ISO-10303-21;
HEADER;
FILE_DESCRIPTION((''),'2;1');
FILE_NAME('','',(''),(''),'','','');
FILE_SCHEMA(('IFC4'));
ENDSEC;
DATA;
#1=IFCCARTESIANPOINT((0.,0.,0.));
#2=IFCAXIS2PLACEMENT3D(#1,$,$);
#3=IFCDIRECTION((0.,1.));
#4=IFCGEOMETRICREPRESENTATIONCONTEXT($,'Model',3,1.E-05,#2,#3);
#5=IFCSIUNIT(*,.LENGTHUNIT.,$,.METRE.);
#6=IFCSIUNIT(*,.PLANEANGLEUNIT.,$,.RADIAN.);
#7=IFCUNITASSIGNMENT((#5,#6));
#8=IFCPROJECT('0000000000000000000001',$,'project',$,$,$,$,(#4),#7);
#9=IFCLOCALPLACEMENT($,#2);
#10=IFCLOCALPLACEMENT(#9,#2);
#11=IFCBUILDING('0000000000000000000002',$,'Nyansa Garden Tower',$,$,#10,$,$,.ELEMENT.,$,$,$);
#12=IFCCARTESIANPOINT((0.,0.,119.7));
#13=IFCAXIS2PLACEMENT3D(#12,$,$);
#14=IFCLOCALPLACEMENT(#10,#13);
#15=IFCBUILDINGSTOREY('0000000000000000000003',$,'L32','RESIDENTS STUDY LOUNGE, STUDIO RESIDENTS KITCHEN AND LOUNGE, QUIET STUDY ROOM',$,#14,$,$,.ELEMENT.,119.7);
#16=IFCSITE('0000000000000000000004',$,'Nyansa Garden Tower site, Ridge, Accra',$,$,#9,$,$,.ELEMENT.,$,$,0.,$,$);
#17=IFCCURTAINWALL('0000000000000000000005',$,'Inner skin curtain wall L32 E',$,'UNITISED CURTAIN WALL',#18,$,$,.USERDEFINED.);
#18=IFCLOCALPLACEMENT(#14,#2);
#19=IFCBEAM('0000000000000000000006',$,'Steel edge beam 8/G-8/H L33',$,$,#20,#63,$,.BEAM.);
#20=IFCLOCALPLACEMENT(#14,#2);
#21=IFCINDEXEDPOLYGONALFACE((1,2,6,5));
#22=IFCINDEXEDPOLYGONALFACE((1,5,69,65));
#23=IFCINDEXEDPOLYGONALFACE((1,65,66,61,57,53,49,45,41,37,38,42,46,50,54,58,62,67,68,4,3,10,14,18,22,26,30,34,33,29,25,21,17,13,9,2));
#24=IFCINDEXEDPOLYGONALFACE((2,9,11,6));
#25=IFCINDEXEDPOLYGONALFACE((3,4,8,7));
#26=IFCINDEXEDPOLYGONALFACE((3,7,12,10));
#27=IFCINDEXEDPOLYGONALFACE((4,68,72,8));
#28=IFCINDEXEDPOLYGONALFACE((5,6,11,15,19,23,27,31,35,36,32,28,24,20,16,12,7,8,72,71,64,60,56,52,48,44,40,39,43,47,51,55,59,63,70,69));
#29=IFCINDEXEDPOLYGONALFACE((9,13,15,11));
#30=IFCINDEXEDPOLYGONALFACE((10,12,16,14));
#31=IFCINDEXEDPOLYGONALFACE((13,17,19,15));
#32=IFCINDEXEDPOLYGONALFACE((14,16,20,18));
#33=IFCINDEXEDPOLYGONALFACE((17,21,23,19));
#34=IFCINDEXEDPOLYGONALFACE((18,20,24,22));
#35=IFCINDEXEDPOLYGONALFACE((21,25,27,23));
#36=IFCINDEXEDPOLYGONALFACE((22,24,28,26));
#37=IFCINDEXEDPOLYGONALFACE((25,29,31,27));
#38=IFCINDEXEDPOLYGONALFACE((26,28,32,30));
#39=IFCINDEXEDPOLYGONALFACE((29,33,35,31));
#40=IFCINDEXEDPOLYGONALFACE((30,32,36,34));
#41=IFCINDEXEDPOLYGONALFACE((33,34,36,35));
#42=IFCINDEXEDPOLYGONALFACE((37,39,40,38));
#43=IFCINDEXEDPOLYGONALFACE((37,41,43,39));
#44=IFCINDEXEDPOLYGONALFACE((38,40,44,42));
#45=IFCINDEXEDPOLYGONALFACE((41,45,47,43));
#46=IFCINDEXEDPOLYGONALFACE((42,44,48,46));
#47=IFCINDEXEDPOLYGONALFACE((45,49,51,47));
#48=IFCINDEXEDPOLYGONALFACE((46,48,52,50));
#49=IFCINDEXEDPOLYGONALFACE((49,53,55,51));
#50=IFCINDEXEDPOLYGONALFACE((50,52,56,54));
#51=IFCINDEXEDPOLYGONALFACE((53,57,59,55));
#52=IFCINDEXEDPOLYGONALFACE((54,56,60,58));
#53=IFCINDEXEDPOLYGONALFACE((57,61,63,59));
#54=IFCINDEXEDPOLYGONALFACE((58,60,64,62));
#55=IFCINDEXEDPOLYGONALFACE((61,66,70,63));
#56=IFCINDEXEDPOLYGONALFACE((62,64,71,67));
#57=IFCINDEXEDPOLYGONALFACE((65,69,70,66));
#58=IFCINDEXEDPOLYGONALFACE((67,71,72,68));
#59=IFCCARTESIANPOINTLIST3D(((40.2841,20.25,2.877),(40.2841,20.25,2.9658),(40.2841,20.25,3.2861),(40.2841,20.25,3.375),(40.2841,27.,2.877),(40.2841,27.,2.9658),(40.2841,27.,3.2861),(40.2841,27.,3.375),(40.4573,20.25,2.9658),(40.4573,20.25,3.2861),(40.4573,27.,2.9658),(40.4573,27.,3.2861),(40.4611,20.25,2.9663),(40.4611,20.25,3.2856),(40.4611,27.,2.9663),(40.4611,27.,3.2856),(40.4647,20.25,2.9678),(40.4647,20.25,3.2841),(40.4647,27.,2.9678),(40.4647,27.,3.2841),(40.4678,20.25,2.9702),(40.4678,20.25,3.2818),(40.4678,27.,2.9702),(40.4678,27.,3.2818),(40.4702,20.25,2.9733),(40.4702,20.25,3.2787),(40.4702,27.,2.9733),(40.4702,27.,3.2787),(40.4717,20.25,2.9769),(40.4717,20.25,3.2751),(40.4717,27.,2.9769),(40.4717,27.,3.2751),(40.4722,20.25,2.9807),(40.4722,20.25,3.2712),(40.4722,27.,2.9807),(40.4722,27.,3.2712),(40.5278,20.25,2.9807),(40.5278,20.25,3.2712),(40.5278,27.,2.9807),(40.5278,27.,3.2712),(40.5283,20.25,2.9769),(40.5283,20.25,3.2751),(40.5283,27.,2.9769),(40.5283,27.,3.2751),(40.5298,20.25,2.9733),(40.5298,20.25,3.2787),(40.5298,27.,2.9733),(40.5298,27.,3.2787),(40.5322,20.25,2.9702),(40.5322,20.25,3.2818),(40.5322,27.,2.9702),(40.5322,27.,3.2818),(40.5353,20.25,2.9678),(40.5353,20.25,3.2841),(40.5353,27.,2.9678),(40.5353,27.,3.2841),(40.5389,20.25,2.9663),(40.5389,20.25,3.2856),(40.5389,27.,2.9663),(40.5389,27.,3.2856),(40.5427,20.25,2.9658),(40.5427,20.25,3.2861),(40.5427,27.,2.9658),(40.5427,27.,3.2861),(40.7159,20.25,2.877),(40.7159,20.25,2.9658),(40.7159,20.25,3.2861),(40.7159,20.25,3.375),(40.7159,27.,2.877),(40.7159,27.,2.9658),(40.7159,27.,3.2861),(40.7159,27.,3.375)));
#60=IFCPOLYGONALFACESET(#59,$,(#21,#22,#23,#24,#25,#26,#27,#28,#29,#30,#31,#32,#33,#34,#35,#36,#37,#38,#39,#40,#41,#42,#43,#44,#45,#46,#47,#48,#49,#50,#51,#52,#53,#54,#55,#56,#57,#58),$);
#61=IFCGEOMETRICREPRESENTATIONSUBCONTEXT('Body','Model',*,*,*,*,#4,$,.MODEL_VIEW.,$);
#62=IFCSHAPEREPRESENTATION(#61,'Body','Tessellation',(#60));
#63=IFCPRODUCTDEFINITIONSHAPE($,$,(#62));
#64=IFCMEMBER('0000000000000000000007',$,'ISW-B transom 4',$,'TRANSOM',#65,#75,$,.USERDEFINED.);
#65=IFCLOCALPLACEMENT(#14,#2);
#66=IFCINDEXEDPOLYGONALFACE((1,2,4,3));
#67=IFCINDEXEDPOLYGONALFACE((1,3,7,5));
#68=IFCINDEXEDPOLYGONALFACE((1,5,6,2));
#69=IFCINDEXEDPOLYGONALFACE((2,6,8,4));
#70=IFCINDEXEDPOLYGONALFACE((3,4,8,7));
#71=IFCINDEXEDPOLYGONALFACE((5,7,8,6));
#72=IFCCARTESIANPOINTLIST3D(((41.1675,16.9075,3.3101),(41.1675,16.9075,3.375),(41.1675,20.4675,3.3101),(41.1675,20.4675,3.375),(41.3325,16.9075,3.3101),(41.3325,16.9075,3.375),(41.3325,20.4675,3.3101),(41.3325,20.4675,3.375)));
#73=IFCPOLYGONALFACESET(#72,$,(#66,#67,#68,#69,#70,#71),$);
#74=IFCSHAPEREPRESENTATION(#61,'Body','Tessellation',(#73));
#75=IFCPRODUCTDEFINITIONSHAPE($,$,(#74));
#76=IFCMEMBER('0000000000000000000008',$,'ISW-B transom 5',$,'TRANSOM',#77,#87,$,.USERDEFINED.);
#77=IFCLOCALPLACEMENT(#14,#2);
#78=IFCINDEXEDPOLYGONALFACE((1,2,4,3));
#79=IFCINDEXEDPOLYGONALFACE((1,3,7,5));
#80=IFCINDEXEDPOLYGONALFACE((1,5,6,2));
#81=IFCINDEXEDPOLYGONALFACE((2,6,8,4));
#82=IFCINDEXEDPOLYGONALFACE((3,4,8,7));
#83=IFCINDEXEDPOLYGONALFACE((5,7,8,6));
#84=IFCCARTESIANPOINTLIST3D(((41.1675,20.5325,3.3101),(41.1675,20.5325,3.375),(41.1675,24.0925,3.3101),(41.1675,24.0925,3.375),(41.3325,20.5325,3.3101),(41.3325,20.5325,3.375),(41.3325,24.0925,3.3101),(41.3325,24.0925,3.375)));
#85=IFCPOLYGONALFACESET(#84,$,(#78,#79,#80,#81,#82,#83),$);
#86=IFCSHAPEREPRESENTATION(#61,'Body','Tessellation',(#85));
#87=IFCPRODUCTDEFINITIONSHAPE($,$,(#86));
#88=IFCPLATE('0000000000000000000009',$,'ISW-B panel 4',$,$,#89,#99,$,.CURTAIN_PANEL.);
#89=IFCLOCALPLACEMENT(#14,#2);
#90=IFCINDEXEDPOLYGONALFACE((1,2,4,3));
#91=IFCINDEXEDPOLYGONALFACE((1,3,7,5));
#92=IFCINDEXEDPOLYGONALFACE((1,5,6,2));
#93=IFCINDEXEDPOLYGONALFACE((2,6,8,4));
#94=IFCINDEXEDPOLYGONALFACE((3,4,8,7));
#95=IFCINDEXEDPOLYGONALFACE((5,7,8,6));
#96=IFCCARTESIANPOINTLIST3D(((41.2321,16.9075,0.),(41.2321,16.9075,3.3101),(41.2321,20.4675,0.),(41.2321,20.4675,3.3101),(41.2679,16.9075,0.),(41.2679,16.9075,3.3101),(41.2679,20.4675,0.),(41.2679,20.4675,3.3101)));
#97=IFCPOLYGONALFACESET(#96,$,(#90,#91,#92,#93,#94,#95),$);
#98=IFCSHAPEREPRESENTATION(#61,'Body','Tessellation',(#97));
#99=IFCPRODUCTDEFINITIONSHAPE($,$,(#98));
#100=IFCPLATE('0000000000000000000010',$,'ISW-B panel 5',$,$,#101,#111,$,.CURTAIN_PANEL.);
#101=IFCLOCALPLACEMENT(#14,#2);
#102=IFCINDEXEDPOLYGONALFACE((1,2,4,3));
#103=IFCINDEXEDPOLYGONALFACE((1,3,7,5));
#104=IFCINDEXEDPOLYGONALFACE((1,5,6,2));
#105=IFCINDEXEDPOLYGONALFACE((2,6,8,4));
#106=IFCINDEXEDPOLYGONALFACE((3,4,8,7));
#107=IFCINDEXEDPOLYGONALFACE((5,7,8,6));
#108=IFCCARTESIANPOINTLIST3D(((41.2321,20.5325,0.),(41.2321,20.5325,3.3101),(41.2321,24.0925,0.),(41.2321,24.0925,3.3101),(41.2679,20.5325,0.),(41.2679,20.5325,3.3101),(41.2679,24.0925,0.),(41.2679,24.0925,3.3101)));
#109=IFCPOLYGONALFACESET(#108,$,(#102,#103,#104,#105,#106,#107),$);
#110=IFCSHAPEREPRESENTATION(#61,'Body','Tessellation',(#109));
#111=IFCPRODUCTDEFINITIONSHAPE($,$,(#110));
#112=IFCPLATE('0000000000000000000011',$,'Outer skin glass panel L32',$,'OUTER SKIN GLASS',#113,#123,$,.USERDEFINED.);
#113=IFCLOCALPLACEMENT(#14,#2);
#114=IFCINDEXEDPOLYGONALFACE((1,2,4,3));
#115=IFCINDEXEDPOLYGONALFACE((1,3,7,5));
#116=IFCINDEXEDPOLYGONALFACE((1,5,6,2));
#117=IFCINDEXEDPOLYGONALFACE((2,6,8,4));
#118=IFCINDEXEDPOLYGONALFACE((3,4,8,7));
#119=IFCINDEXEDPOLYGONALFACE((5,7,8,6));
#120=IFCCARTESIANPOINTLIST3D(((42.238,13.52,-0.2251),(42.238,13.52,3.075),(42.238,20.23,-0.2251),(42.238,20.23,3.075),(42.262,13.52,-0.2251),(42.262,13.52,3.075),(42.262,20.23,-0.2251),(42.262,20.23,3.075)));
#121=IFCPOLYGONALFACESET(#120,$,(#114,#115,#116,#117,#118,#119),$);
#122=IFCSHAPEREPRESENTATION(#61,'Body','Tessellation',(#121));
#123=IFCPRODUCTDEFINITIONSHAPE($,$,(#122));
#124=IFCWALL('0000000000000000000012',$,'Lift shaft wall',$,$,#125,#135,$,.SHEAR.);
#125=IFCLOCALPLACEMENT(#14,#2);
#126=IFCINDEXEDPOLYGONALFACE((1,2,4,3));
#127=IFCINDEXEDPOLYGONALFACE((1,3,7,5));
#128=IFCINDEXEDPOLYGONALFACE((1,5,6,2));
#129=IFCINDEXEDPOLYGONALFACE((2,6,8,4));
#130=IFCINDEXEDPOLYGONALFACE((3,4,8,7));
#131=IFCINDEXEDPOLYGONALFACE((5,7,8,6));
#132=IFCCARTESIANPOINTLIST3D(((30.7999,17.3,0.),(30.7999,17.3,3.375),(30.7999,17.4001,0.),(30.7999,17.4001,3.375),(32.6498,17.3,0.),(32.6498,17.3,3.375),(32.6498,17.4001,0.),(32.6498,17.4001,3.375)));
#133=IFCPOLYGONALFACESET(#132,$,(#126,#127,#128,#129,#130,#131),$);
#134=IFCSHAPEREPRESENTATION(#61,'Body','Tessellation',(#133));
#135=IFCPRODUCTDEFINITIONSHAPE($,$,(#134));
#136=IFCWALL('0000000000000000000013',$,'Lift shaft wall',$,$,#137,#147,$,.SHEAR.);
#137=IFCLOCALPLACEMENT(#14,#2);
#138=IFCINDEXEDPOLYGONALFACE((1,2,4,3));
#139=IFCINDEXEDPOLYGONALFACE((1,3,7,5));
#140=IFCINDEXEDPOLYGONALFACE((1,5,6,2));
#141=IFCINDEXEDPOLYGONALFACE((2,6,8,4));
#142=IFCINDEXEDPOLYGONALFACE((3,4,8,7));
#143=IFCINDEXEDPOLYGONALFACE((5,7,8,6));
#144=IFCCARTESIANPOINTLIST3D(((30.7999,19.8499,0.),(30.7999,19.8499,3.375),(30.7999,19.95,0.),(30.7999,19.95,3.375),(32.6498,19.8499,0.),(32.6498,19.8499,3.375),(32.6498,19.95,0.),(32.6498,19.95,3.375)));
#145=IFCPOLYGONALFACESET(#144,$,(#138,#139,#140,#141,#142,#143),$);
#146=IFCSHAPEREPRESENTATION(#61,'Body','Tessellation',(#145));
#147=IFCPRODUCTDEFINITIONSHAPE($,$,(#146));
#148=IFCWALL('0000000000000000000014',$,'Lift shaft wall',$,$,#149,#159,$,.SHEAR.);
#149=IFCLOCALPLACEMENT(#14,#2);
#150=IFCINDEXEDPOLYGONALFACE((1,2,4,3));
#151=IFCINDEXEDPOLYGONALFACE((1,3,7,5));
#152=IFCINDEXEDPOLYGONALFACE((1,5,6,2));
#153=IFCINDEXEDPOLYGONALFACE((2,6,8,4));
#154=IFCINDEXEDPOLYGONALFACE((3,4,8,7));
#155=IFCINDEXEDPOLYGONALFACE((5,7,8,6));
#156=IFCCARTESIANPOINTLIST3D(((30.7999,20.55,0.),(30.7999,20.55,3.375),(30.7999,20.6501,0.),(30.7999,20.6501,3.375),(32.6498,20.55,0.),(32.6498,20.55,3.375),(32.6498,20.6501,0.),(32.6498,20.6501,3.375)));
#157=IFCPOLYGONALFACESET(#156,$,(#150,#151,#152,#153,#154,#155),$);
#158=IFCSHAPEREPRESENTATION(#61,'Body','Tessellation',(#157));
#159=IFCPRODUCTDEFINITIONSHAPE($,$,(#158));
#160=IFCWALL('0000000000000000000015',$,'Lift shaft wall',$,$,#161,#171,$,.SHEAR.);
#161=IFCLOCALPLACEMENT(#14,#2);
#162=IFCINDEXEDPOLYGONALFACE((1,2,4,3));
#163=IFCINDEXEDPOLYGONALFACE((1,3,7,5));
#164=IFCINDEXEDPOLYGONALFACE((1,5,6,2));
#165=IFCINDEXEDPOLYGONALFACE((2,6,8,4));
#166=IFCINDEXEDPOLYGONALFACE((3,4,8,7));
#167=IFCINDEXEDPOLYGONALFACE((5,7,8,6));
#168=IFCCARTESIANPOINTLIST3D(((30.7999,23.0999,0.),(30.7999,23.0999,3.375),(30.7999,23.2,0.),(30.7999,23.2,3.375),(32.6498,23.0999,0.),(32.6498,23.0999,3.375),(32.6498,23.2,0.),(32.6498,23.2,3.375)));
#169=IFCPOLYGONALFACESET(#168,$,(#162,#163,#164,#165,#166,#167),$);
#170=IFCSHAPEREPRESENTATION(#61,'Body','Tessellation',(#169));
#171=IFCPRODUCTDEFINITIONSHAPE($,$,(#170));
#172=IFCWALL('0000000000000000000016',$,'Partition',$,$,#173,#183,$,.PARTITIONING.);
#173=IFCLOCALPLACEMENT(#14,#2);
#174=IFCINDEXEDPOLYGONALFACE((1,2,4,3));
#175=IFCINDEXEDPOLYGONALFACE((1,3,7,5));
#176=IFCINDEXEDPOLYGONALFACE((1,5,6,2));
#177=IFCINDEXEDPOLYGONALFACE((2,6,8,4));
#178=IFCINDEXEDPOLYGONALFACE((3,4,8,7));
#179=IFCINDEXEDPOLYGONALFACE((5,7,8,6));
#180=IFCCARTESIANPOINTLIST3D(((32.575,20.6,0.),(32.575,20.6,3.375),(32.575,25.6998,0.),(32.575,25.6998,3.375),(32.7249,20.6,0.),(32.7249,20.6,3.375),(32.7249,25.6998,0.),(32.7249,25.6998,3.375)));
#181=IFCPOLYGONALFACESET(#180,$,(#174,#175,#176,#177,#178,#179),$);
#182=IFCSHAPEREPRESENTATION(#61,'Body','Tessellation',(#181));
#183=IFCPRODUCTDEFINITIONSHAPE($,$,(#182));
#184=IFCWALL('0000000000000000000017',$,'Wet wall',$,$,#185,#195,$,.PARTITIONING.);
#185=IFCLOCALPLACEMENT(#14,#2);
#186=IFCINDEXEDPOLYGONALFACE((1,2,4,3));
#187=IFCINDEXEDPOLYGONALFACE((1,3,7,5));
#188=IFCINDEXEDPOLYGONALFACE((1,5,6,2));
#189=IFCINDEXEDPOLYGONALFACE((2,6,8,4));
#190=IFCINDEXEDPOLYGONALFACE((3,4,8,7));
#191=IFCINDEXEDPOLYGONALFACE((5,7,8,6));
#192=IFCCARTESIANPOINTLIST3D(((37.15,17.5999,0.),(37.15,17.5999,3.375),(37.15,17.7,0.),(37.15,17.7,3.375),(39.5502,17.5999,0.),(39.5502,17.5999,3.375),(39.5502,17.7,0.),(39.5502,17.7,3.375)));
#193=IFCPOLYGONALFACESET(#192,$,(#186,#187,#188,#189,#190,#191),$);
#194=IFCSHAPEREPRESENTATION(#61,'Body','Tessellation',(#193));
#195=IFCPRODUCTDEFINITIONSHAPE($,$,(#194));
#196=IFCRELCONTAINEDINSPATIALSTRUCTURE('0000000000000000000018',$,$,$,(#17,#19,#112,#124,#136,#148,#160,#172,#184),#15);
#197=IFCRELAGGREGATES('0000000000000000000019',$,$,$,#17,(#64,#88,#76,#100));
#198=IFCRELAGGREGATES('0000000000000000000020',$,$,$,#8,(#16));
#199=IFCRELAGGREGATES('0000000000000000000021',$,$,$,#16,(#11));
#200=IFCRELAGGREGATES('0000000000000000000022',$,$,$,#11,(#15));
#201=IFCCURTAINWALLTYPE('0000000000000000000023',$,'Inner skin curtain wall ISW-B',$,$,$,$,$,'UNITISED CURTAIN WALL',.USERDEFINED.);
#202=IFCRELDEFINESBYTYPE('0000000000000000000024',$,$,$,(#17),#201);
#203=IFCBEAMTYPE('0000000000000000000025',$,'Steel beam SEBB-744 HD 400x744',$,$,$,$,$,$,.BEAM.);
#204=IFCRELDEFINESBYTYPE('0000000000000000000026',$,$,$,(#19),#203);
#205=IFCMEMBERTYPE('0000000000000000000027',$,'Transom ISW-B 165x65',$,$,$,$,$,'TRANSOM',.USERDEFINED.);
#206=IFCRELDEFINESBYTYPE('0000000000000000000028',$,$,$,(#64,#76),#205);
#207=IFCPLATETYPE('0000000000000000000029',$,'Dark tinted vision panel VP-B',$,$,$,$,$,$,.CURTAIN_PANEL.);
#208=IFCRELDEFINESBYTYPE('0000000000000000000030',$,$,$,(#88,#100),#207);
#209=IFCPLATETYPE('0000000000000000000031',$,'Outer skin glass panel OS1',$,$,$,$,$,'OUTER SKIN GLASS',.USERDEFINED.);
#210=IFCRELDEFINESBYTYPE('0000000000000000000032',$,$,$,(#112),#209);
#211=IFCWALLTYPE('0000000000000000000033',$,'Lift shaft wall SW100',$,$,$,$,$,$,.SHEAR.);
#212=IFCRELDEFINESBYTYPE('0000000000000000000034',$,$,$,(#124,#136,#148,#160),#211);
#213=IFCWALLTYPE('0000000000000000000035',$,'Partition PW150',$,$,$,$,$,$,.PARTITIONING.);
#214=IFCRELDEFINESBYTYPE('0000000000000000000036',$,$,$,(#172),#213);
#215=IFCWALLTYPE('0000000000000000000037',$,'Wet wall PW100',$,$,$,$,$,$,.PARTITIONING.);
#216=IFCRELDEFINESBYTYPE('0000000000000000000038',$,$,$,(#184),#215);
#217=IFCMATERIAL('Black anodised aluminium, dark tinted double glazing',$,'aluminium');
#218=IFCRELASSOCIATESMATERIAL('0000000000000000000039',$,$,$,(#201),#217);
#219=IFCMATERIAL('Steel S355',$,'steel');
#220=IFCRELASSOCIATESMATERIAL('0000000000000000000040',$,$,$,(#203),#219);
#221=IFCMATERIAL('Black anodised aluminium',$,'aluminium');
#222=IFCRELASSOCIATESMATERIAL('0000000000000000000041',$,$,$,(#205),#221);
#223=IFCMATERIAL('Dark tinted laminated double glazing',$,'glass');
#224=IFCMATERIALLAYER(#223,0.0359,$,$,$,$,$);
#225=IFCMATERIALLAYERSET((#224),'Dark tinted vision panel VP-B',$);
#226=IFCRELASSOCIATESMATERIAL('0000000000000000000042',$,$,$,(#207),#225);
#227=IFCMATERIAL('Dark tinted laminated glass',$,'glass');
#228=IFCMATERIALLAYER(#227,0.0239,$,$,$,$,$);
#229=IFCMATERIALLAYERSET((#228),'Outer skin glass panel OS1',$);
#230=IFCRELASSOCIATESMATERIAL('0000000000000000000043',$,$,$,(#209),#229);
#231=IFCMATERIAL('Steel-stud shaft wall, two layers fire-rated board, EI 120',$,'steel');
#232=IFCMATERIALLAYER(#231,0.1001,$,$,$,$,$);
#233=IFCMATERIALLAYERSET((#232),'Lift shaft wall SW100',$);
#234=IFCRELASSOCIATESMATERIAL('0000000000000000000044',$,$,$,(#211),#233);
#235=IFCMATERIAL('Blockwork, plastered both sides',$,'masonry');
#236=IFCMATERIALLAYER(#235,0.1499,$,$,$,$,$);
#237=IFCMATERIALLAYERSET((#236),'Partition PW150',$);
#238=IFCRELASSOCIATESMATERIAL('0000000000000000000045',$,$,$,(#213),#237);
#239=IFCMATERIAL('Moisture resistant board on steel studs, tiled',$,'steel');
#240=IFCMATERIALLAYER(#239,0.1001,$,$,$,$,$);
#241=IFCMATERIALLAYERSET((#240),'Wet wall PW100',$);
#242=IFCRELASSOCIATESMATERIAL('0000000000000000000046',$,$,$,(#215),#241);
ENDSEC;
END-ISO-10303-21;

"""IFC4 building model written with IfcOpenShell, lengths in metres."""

from ifc_helpers import new_model, si_unit, direction, frame, frame_2d, origin, origin_2d, place, context, subcontext, project, spatial, rectangle, i_section, extrude, material, layer, layer_set, material_profile, profile_set, type_object, element, aggregate, save


model = new_model("IFC4")

# Units and contexts
model_context = context("Model", 3, precision=1e-05, world=origin(), true_north=direction((0.0, 1.0)))
body_context = subcontext(model_context, "Body", "Model", "MODEL_VIEW")
ifc_project = project(units=[si_unit("LENGTHUNIT", "METRE"), si_unit("PLANEANGLEUNIT", "RADIAN")], contexts=[model_context])

# Site, building, storey
site_placement = place(None, origin())
site = spatial("IfcSite", under=ifc_project, at=site_placement, Name="Nyansa Garden Tower site, Ridge, Accra", CompositionType="ELEMENT", RefElevation=0.0)
building_placement = place(site_placement, origin())
building = spatial("IfcBuilding", under=site, at=building_placement, Name="Nyansa Garden Tower", CompositionType="ELEMENT")
storey_placement = place(building_placement, frame((0.0, 0.0, 119.7)))
storey = spatial("IfcBuildingStorey", under=building, at=storey_placement, Name="L32", Description="RESIDENTS STUDY LOUNGE, STUDIO RESIDENTS KITCHEN AND LOUNGE, QUIET STUDY ROOM", CompositionType="ELEMENT", Elevation=119.7)

# Curtain wall
ifc_material_1 = material(Name="Black anodised aluminium, dark tinted double glazing", Category="aluminium")
curtain_wall_type = type_object("IfcCurtainWallType", Name="Inner skin curtain wall ISW-B", ElementType="UNITISED CURTAIN WALL", PredefinedType="USERDEFINED", material=ifc_material_1)
curtain_wall_placement = place(storey_placement, origin())
curtain_wall = element("IfcCurtainWall", 1, at=curtain_wall_placement, inside=storey, type_object=curtain_wall_type, Name="Inner skin curtain wall L32 E", ObjectType="UNITISED CURTAIN WALL", PredefinedType="USERDEFINED")

# Beam
ifc_material_2 = material(Name="Steel S355", Category="steel")
ifc_material_profile_1 = material_profile(ifc_material_2, i_section(OverallWidth=0.4319, OverallDepth=0.498, WebThickness=0.0557, FlangeThickness=0.0889, FilletRadius=0.0149, at=origin_2d()), Name="HD 400x744")
ifc_profile_set_1 = profile_set([ifc_material_profile_1], Name="Steel S355")
beam_type_1 = type_object("IfcBeamType", Name="Steel beam SEBB-744 HD 400x744", PredefinedType="BEAM", material=ifc_profile_set_1)
beam_1_placement = place(storey_placement, frame((40.5, 20.25, 3.126), z_axis=(0.0, 1.0, 0.0), x_axis=(-1.0, 0.0, 0.0)))
element("IfcBeam", 2, at=beam_1_placement, inside=storey, type_object=beam_type_1, Name="Steel edge beam 8/G-8/H L33", PredefinedType="BEAM", context=body_context, shape_type="SweptSolid", body=[
    extrude(i_section(OverallWidth=0.4319, OverallDepth=0.498, WebThickness=0.0557, FlangeThickness=0.0889, FilletRadius=0.0149, at=origin_2d()), origin(), (0.0, 0.0, 1.0), 6.75),
])

# Members
ifc_material_3 = material(Name="Black anodised aluminium", Category="aluminium")
ifc_material_profile_2 = material_profile(ifc_material_3, rectangle(XDim=0.165, YDim=0.0649, at=origin_2d()), Name="Transom 165x65")
ifc_profile_set_2 = profile_set([ifc_material_profile_2], Name="Black anodised aluminium")
member_type_1 = type_object("IfcMemberType", Name="Transom ISW-B 165x65", ElementType="TRANSOM", PredefinedType="USERDEFINED", material=ifc_profile_set_2)
member_1_placement = place(storey_placement, frame((41.25, 16.9075, 3.3425), z_axis=(0.0, 1.0, 0.0), x_axis=(-1.0, 0.0, 0.0)))
member_1 = element("IfcMember", 3, at=member_1_placement, type_object=member_type_1, Name="ISW-B transom 4", ObjectType="TRANSOM", PredefinedType="USERDEFINED", context=body_context, shape_type="SweptSolid", body=[
    extrude(rectangle(XDim=0.165, YDim=0.0649, at=origin_2d()), origin(), (0.0, 0.0, 1.0), 3.5601),
])
member_2_placement = place(storey_placement, frame((41.25, 20.5325, 3.3425), z_axis=(0.0, 1.0, 0.0), x_axis=(-1.0, 0.0, 0.0)))
member_2 = element("IfcMember", 4, at=member_2_placement, type_object=member_type_1, Name="ISW-B transom 5", ObjectType="TRANSOM", PredefinedType="USERDEFINED", context=body_context, shape_type="SweptSolid", body=[
    extrude(rectangle(XDim=0.165, YDim=0.0649, at=origin_2d()), origin(), (0.0, 0.0, 1.0), 3.5601),
])

# Plates
ifc_material_4 = material(Name="Dark tinted laminated double glazing", Category="glass")
ifc_layer_1 = layer(ifc_material_4, 0.0359)
ifc_layer_set_1 = layer_set([ifc_layer_1], Name="Dark tinted vision panel VP-B")
plate_type_1 = type_object("IfcPlateType", Name="Dark tinted vision panel VP-B", PredefinedType="CURTAIN_PANEL", material=ifc_layer_set_1)
plate_1_placement = place(storey_placement, frame((41.25, 18.6875, 0.0), z_axis=(0.0, 0.0, 1.0), x_axis=(0.0, 1.0, 0.0)))
plate_1 = element("IfcPlate", 5, at=plate_1_placement, type_object=plate_type_1, Name="ISW-B panel 4", PredefinedType="CURTAIN_PANEL", context=body_context, shape_type="SweptSolid", body=[
    extrude(rectangle(XDim=3.5601, YDim=0.0359, at=origin_2d()), origin(), (0.0, 0.0, 1.0), 3.3101),
])
plate_2_placement = place(storey_placement, frame((41.25, 22.3125, 0.0), z_axis=(0.0, 0.0, 1.0), x_axis=(0.0, 1.0, 0.0)))
plate_2 = element("IfcPlate", 6, at=plate_2_placement, type_object=plate_type_1, Name="ISW-B panel 5", PredefinedType="CURTAIN_PANEL", context=body_context, shape_type="SweptSolid", body=[
    extrude(rectangle(XDim=3.5601, YDim=0.0359, at=origin_2d()), origin(), (0.0, 0.0, 1.0), 3.3101),
])
aggregate(curtain_wall, [member_1, plate_1, member_2, plate_2])
ifc_material_5 = material(Name="Dark tinted laminated glass", Category="glass")
ifc_layer_2 = layer(ifc_material_5, 0.0239)
ifc_layer_set_2 = layer_set([ifc_layer_2], Name="Outer skin glass panel OS1")
plate_type_2 = type_object("IfcPlateType", Name="Outer skin glass panel OS1", ElementType="OUTER SKIN GLASS", PredefinedType="USERDEFINED", material=ifc_layer_set_2)
plate_3_placement = place(storey_placement, frame((42.25, 16.875, -0.2251), z_axis=(0.0, 0.0, 1.0), x_axis=(0.0, 1.0, 0.0)))
element("IfcPlate", 7, at=plate_3_placement, inside=storey, type_object=plate_type_2, Name="Outer skin glass panel L32", ObjectType="OUTER SKIN GLASS", PredefinedType="USERDEFINED", context=body_context, shape_type="SweptSolid", body=[
    extrude(rectangle(XDim=6.71, YDim=0.0239, at=origin_2d()), origin(), (0.0, 0.0, 1.0), 3.3),
])

# Walls
ifc_material_6 = material(Name="Steel-stud shaft wall, two layers fire-rated board, EI 120", Category="steel")
ifc_layer_3 = layer(ifc_material_6, 0.1001)
ifc_layer_set_3 = layer_set([ifc_layer_3], Name="Lift shaft wall SW100")
wall_type_1 = type_object("IfcWallType", Name="Lift shaft wall SW100", PredefinedType="SHEAR", material=ifc_layer_set_3)
for number, where, z_axis, x_axis, name in (
    (8, (30.8, 17.3501, 0.0), (0.0, 0.0, 1.0), (1.0, 0.0, 0.0), "Lift shaft wall"),
    (9, (30.8, 19.8999, 0.0), (0.0, 0.0, 1.0), (1.0, 0.0, 0.0), "Lift shaft wall"),
    (10, (30.8, 20.6001, 0.0), (0.0, 0.0, 1.0), (1.0, 0.0, 0.0), "Lift shaft wall"),
    (11, (30.8, 23.1499, 0.0), (0.0, 0.0, 1.0), (1.0, 0.0, 0.0), "Lift shaft wall"),
):
    element("IfcWall", number, at=place(storey_placement, frame(where, z_axis=z_axis, x_axis=x_axis)), inside=storey, type_object=wall_type_1, Name=name, PredefinedType="SHEAR", context=body_context, shape_type="SweptSolid", body=[
        extrude(rectangle(XDim=1.8499, YDim=0.1001, at=frame_2d((0.9248, 0.0))), origin(), (0.0, 0.0, 1.0), 3.375),
    ])
ifc_material_7 = material(Name="Blockwork, plastered both sides", Category="masonry")
ifc_layer_4 = layer(ifc_material_7, 0.1499)
ifc_layer_set_4 = layer_set([ifc_layer_4], Name="Partition PW150")
wall_type_2 = type_object("IfcWallType", Name="Partition PW150", PredefinedType="PARTITIONING", material=ifc_layer_set_4)
wall_1_placement = place(storey_placement, frame((32.6499, 20.6001, 0.0), z_axis=(0.0, 0.0, 1.0), x_axis=(0.0, 1.0, 0.0)))
element("IfcWall", 12, at=wall_1_placement, inside=storey, type_object=wall_type_2, Name="Partition", PredefinedType="PARTITIONING", context=body_context, shape_type="SweptSolid", body=[
    extrude(rectangle(XDim=5.0999, YDim=0.1499, at=frame_2d((2.5498, 0.0))), origin(), (0.0, 0.0, 1.0), 3.375),
])
ifc_material_8 = material(Name="Moisture resistant board on steel studs, tiled", Category="steel")
ifc_layer_5 = layer(ifc_material_8, 0.1001)
ifc_layer_set_5 = layer_set([ifc_layer_5], Name="Wet wall PW100")
wall_type_3 = type_object("IfcWallType", Name="Wet wall PW100", PredefinedType="PARTITIONING", material=ifc_layer_set_5)
wall_2_placement = place(storey_placement, frame((37.1499, 17.6499, 0.0), z_axis=(0.0, 0.0, 1.0), x_axis=(1.0, 0.0, 0.0)))
element("IfcWall", 13, at=wall_2_placement, inside=storey, type_object=wall_type_3, Name="Wet wall", PredefinedType="PARTITIONING", context=body_context, shape_type="SweptSolid", body=[
    extrude(rectangle(XDim=2.4001, YDim=0.1001, at=frame_2d((1.2002, 0.0))), origin(), (0.0, 0.0, 1.0), 3.375),
])

save(model, "model.ifc")
